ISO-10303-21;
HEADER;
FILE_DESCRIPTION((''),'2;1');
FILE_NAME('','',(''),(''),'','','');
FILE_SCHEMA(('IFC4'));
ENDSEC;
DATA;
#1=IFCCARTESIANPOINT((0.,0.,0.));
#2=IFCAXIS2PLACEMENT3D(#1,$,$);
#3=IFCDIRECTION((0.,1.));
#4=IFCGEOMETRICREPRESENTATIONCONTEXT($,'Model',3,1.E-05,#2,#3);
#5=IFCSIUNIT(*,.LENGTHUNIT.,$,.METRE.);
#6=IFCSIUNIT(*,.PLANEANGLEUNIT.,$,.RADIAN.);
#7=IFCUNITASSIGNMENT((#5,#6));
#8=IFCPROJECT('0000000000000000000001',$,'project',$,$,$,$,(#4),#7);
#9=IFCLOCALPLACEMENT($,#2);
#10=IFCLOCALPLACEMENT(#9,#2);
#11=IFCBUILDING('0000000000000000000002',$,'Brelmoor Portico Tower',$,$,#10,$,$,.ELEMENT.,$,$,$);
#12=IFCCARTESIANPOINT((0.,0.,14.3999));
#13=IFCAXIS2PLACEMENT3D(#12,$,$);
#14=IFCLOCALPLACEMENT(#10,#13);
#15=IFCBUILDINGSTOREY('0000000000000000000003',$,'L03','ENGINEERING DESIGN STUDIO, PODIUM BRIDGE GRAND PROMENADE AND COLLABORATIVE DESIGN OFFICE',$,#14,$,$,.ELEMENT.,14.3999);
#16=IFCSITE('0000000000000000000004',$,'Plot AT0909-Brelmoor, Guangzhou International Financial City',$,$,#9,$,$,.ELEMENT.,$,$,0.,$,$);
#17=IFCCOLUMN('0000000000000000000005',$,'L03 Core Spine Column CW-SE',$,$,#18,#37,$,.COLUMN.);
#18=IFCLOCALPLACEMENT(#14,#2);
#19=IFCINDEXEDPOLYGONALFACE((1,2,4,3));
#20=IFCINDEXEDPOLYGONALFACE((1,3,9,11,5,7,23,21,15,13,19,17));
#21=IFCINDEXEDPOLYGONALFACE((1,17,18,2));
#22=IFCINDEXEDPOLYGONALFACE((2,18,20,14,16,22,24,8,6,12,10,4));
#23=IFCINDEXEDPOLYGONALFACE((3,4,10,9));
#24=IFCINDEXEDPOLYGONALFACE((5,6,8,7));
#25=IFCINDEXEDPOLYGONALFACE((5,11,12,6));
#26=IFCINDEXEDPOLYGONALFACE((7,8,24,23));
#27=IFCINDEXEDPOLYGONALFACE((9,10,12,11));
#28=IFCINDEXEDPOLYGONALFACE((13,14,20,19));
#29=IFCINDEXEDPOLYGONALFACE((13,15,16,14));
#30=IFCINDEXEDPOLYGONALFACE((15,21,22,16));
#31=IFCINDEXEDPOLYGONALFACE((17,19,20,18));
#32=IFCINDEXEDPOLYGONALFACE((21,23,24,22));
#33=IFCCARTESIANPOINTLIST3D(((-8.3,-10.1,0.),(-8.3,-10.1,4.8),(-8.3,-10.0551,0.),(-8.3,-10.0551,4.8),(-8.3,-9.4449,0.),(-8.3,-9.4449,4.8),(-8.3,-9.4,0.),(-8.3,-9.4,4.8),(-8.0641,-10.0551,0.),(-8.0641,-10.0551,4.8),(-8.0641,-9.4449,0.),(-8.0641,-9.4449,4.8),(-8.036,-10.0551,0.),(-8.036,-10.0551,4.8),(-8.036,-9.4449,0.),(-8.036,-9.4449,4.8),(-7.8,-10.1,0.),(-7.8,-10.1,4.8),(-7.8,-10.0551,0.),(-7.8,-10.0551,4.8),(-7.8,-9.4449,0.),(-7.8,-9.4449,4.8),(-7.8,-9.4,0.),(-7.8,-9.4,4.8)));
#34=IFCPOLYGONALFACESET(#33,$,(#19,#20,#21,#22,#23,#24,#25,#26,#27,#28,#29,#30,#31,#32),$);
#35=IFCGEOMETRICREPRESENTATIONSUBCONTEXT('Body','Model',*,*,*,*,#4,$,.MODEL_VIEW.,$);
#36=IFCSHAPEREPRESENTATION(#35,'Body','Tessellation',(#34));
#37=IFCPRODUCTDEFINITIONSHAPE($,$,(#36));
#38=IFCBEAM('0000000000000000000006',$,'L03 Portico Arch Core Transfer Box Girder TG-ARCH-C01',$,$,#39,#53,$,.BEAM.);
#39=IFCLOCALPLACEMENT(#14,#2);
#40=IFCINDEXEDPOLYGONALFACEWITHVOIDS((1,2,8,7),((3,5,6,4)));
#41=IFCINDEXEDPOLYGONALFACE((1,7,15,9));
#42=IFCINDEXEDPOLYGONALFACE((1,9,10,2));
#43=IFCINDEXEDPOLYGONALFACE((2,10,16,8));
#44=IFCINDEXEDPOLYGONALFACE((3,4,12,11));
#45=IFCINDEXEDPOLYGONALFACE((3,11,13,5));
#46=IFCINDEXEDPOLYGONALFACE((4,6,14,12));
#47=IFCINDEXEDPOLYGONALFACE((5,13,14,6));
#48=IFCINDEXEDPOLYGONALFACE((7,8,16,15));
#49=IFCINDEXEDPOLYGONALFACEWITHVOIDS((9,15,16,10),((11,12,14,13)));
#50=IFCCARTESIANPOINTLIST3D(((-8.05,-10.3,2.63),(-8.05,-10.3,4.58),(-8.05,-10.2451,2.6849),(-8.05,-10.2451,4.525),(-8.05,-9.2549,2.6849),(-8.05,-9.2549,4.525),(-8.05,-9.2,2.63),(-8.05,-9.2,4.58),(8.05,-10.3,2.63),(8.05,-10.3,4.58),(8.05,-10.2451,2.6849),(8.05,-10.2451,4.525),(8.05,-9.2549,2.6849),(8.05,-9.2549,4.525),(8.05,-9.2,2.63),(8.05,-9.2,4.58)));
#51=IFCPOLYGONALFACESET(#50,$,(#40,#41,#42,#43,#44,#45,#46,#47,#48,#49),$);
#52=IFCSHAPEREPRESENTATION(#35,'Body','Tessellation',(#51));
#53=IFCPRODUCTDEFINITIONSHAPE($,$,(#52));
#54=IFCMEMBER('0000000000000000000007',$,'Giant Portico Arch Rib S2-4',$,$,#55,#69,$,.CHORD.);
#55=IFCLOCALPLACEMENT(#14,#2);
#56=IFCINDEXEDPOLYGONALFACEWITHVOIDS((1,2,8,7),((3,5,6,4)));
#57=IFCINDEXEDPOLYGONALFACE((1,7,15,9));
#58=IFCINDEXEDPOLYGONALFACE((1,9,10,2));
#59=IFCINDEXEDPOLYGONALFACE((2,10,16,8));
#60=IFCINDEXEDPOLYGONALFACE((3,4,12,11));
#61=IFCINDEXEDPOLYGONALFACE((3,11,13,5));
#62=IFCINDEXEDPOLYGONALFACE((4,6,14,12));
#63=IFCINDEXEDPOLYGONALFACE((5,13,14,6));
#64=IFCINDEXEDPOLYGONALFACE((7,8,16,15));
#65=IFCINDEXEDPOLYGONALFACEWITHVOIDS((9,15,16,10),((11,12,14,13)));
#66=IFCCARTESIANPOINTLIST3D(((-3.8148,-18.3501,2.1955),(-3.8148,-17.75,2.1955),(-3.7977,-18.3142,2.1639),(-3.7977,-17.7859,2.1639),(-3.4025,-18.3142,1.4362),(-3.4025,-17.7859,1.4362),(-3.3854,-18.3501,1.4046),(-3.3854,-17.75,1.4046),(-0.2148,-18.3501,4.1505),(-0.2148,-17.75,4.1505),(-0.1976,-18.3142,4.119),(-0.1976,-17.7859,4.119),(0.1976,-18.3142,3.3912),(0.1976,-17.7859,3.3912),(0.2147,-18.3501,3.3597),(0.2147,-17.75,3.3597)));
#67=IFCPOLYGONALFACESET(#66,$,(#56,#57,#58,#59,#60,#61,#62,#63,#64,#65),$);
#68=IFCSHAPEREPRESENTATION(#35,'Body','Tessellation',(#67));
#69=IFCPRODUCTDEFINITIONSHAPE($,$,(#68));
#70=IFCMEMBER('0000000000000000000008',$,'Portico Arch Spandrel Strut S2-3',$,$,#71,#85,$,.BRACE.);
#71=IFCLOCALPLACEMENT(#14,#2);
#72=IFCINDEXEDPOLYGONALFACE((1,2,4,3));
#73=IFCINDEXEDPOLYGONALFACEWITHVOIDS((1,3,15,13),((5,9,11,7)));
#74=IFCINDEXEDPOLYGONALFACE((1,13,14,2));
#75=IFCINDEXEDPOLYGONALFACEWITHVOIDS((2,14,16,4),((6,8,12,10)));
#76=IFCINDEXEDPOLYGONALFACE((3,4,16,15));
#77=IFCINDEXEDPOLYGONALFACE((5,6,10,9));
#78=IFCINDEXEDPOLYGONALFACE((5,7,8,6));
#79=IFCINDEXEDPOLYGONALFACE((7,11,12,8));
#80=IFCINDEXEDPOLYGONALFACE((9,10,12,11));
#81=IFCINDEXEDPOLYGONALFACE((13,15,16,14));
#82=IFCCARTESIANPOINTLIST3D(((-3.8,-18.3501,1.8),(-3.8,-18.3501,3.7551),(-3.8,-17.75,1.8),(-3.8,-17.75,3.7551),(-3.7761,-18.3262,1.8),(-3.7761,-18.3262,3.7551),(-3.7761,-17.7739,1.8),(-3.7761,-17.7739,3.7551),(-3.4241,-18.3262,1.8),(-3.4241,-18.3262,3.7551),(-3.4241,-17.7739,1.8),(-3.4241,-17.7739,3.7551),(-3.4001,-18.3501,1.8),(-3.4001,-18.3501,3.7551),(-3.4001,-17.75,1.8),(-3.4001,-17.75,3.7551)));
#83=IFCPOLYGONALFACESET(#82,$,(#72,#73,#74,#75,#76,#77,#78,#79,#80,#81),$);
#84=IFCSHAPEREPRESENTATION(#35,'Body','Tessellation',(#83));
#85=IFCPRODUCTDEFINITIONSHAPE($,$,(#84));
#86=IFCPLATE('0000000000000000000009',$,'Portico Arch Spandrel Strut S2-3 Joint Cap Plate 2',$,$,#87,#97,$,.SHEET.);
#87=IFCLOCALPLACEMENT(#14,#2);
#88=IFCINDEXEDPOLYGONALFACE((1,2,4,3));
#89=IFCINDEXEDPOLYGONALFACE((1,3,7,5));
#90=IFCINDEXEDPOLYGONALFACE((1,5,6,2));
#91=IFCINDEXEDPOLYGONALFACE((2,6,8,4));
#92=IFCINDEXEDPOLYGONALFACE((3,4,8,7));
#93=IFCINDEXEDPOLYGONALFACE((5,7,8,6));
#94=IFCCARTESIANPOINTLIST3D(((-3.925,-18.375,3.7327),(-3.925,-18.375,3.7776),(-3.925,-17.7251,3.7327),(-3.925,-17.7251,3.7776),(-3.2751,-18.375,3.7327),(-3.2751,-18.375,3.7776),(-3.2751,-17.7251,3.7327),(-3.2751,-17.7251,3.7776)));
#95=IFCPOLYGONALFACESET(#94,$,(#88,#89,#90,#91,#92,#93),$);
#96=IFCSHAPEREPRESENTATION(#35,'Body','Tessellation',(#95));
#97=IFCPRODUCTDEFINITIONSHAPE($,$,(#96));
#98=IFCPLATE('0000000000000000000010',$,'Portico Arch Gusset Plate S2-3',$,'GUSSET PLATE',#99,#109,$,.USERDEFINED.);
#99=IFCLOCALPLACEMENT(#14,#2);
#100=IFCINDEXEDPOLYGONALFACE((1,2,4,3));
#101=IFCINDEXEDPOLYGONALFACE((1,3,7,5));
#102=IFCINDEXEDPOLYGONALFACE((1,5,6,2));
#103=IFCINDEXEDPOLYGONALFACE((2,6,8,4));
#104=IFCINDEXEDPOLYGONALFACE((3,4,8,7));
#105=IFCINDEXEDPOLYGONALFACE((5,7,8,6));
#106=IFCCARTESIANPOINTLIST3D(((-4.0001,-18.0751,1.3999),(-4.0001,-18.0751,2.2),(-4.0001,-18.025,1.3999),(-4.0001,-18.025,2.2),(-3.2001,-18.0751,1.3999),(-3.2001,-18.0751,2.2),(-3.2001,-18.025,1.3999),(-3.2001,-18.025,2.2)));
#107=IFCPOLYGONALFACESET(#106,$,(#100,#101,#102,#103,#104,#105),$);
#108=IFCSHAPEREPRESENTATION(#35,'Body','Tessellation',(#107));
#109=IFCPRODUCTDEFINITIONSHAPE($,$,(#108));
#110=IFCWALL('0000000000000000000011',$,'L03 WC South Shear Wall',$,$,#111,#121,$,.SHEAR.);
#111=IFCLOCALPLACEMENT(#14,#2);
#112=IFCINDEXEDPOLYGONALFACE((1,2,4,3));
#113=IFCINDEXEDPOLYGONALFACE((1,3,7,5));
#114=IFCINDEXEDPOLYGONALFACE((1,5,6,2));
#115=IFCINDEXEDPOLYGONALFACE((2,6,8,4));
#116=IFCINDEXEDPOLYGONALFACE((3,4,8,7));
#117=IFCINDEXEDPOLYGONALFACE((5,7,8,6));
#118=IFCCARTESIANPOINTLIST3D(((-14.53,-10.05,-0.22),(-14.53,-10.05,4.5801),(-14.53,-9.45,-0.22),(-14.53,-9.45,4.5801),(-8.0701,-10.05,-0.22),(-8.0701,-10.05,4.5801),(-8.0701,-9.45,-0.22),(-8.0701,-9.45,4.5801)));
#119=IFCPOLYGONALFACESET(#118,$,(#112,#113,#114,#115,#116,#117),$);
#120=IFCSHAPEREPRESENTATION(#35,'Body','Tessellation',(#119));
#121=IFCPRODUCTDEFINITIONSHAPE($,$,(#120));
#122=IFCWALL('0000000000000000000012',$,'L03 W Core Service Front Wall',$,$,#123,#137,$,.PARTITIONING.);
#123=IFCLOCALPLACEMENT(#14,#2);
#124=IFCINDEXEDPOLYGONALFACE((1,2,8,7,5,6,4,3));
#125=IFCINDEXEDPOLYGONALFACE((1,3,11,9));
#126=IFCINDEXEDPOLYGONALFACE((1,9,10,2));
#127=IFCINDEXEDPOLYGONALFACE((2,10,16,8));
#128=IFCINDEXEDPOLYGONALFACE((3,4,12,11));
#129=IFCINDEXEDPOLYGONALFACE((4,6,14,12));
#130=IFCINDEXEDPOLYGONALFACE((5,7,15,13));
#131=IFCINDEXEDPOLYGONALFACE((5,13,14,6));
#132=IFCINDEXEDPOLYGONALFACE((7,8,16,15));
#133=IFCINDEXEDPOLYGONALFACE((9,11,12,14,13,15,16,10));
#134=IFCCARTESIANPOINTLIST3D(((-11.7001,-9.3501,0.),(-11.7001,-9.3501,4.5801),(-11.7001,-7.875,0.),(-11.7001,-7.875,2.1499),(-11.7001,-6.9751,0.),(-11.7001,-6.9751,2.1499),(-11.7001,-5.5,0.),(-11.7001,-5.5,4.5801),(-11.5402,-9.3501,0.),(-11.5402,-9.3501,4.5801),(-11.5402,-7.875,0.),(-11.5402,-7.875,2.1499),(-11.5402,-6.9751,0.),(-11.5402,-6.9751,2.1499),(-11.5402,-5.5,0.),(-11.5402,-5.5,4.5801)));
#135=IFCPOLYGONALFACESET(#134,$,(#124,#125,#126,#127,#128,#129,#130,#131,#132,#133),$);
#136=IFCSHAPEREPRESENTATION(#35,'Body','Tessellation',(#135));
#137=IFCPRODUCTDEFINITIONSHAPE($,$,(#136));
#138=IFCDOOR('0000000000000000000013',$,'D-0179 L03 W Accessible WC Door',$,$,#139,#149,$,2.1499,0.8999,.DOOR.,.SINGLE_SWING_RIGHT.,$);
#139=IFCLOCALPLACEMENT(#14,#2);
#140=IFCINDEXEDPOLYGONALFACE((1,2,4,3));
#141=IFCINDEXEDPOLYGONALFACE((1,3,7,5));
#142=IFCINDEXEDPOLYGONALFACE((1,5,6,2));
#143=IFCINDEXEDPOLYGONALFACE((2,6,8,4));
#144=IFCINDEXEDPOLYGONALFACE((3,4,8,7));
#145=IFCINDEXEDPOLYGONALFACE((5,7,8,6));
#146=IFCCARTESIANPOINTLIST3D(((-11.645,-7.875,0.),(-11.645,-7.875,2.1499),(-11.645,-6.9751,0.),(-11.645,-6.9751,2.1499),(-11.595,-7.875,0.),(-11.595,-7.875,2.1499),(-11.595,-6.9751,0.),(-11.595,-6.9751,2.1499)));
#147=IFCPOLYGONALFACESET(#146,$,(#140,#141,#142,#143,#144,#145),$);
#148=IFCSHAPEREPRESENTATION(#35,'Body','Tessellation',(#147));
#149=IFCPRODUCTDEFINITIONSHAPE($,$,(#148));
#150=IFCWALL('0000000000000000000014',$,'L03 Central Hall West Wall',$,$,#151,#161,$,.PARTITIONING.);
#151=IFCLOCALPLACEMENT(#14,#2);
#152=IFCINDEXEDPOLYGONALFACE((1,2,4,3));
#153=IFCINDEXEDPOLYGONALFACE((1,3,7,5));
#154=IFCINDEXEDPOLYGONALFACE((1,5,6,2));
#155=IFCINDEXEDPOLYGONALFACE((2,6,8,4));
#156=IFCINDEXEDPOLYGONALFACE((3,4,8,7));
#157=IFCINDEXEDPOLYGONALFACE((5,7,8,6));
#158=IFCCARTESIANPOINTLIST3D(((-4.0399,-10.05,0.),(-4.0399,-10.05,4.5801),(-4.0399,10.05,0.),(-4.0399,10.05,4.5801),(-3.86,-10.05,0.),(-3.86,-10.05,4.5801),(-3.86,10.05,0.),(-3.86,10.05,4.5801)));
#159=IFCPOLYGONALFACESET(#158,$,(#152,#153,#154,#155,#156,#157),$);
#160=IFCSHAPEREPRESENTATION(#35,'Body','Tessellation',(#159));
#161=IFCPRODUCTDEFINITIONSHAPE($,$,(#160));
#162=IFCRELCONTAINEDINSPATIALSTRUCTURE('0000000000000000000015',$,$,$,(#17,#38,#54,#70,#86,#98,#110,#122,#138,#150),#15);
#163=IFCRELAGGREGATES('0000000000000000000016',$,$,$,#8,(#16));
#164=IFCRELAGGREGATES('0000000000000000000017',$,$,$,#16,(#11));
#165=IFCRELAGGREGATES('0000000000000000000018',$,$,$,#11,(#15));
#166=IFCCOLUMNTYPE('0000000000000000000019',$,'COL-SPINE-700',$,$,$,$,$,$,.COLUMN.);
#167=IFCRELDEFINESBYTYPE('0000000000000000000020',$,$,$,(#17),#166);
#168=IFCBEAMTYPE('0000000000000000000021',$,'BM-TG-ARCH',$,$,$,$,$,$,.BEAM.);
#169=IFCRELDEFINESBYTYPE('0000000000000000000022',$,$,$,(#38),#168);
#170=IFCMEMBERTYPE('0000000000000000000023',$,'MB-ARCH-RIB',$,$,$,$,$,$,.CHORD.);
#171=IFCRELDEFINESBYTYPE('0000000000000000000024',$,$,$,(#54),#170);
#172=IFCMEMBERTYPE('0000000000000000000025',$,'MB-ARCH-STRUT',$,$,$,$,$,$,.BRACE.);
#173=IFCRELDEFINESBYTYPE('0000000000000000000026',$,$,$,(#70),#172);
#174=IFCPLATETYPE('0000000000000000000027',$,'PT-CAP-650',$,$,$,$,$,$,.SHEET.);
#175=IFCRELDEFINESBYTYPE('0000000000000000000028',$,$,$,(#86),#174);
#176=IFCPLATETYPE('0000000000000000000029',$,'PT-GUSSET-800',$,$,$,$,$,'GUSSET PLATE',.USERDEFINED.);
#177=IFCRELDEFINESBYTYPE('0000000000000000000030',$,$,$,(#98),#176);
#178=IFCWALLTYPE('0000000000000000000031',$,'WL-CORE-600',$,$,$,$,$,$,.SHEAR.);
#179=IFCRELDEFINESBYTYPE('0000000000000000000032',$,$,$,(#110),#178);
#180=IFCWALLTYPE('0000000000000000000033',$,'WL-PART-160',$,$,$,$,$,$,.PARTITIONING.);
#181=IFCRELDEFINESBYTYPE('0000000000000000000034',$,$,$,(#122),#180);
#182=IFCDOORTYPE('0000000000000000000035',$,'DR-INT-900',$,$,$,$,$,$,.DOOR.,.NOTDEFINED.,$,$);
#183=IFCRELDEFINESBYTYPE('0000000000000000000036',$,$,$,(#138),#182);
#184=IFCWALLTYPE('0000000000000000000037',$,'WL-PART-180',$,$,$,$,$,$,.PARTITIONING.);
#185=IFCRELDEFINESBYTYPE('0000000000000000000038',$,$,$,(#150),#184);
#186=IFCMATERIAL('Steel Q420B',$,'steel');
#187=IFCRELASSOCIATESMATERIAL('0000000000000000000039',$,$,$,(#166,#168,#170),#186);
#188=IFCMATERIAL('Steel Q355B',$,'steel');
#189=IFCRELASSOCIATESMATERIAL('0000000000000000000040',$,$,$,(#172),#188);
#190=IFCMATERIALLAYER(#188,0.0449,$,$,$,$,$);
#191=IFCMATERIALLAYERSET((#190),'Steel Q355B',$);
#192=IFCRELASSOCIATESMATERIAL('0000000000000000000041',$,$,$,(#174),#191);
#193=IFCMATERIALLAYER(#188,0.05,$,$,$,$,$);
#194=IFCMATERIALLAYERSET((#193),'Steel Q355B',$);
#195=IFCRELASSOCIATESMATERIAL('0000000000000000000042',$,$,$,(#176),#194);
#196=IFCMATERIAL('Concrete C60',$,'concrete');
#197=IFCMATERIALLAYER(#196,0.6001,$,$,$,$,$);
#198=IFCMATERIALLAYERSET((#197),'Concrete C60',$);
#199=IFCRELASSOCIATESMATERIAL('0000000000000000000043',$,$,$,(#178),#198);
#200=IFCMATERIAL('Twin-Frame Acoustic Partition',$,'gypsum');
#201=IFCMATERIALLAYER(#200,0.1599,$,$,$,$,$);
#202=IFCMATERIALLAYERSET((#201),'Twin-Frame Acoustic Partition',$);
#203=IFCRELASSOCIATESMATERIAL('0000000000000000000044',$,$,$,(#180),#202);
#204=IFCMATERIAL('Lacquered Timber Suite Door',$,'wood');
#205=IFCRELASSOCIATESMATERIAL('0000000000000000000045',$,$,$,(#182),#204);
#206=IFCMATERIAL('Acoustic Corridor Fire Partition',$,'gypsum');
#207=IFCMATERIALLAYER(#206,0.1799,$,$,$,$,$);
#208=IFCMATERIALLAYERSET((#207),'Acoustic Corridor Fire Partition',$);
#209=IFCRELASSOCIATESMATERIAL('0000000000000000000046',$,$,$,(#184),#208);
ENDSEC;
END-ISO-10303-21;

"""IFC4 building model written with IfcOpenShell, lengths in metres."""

from ifc_helpers import new_model, si_unit, direction, frame, frame_2d, origin, origin_2d, place, context, subcontext, project, spatial, rectangle, hollow_rectangle, i_section, extrude, material, layer, layer_set, material_profile, profile_set, type_object, element, fill, save


model = new_model("IFC4")

# Units and contexts
model_context = context("Model", 3, precision=1e-05, world=origin(), true_north=direction((0.0, 1.0)))
body_context = subcontext(model_context, "Body", "Model", "MODEL_VIEW")
ifc_project = project(units=[si_unit("LENGTHUNIT", "METRE"), si_unit("PLANEANGLEUNIT", "RADIAN")], contexts=[model_context])

# Site, building, storey
site_placement = place(None, origin())
site = spatial("IfcSite", under=ifc_project, at=site_placement, Name="Plot AT0909-Brelmoor, Guangzhou International Financial City", CompositionType="ELEMENT", RefElevation=0.0)
building_placement = place(site_placement, origin())
building = spatial("IfcBuilding", under=site, at=building_placement, Name="Brelmoor Portico Tower", CompositionType="ELEMENT")
storey_placement = place(building_placement, frame((0.0, 0.0, 14.3999)))
storey = spatial("IfcBuildingStorey", under=building, at=storey_placement, Name="L03", Description="ENGINEERING DESIGN STUDIO, PODIUM BRIDGE GRAND PROMENADE AND COLLABORATIVE DESIGN OFFICE", CompositionType="ELEMENT", Elevation=14.3999)

# Column
ifc_material_1 = material(Name="Steel Q420B", Category="steel")
ifc_material_profile_1 = material_profile(ifc_material_1, i_section(OverallWidth=0.5, OverallDepth=0.7, WebThickness=0.0281, FlangeThickness=0.0449, at=origin_2d()), Name="HW 700x500x28x45")
ifc_profile_set_1 = profile_set([ifc_material_profile_1], Name="Steel Q420B")
column_type = type_object("IfcColumnType", Name="COL-SPINE-700", PredefinedType="COLUMN", material=ifc_profile_set_1)
column_placement = place(storey_placement, frame((-8.05, -9.75, 0.0), z_axis=(0.0, 0.0, 1.0), x_axis=(1.0, 0.0, 0.0)))
element("IfcColumn", 1, at=column_placement, inside=storey, type_object=column_type, Name="L03 Core Spine Column CW-SE", PredefinedType="COLUMN", context=body_context, shape_type="SweptSolid", body=[
    extrude(i_section(OverallWidth=0.5, OverallDepth=0.7, WebThickness=0.0281, FlangeThickness=0.0449, at=origin_2d()), origin(), (0.0, 0.0, 1.0), 4.8),
])

# Beam
ifc_material_profile_2 = material_profile(ifc_material_1, hollow_rectangle(XDim=1.1001, YDim=1.95, WallThickness=0.0549, at=origin_2d()), Name="BOX 1100x1950x55")
ifc_profile_set_2 = profile_set([ifc_material_profile_2], Name="Steel Q420B")
beam_type = type_object("IfcBeamType", Name="BM-TG-ARCH", PredefinedType="BEAM", material=ifc_profile_set_2)
beam_placement = place(storey_placement, frame((-8.05, -9.75, 3.605), z_axis=(1.0, 0.0, 0.0), x_axis=(0.0, 1.0, 0.0)))
element("IfcBeam", 2, at=beam_placement, inside=storey, type_object=beam_type, Name="L03 Portico Arch Core Transfer Box Girder TG-ARCH-C01", PredefinedType="BEAM", context=body_context, shape_type="SweptSolid", body=[
    extrude(hollow_rectangle(XDim=1.1001, YDim=1.95, WallThickness=0.0549, at=origin_2d()), origin(), (0.0, 0.0, 1.0), 16.1001),
])

# Members
ifc_material_profile_3 = material_profile(ifc_material_1, hollow_rectangle(XDim=0.6001, YDim=0.8999, WallThickness=0.0359, at=origin_2d()), Name="RHS 600x900x36")
ifc_profile_set_3 = profile_set([ifc_material_profile_3], Name="Steel Q420B")
member_type_1 = type_object("IfcMemberType", Name="MB-ARCH-RIB", PredefinedType="CHORD", material=ifc_profile_set_3)
member_1_placement = place(storey_placement, frame((-3.6001, -18.05, 1.8), z_axis=(0.878778, 0.0, 0.477231), x_axis=(0.0, 1.0, 0.0)))
element("IfcMember", 3, at=member_1_placement, inside=storey, type_object=member_type_1, Name="Giant Portico Arch Rib S2-4", PredefinedType="CHORD", context=body_context, shape_type="SweptSolid", body=[
    extrude(hollow_rectangle(XDim=0.6001, YDim=0.8999, WallThickness=0.0359, at=origin_2d()), origin(), (0.0, 0.0, 1.0), 4.0967),
])
ifc_material_2 = material(Name="Steel Q355B", Category="steel")
ifc_material_profile_4 = material_profile(ifc_material_2, hollow_rectangle(XDim=0.3999, YDim=0.6001, WallThickness=0.0239, at=origin_2d()), Name="RHS 400x600x24")
ifc_profile_set_4 = profile_set([ifc_material_profile_4], Name="Steel Q355B")
member_type_2 = type_object("IfcMemberType", Name="MB-ARCH-STRUT", PredefinedType="BRACE", material=ifc_profile_set_4)
member_2_placement = place(storey_placement, frame((-3.6001, -18.05, 1.8), z_axis=(0.0, 0.0, 1.0), x_axis=(1.0, 0.0, 0.0)))
element("IfcMember", 4, at=member_2_placement, inside=storey, type_object=member_type_2, Name="Portico Arch Spandrel Strut S2-3", PredefinedType="BRACE", context=body_context, shape_type="SweptSolid", body=[
    extrude(hollow_rectangle(XDim=0.3999, YDim=0.6001, WallThickness=0.0239, at=origin_2d()), origin(), (0.0, 0.0, 1.0), 1.9551),
])

# Plates
ifc_layer_1 = layer(ifc_material_2, 0.0449)
ifc_layer_set_1 = layer_set([ifc_layer_1], Name="Steel Q355B")
plate_type_1 = type_object("IfcPlateType", Name="PT-CAP-650", PredefinedType="SHEET", material=ifc_layer_set_1)
plate_1_placement = place(storey_placement, frame((-3.6001, -18.05, 3.7327), z_axis=(0.0, 0.0, 1.0), x_axis=(1.0, 0.0, 0.0)))
element("IfcPlate", 5, at=plate_1_placement, inside=storey, type_object=plate_type_1, Name="Portico Arch Spandrel Strut S2-3 Joint Cap Plate 2", PredefinedType="SHEET", context=body_context, shape_type="SweptSolid", body=[
    extrude(rectangle(XDim=0.6499, YDim=0.6499, at=origin_2d()), origin(), (0.0, 0.0, 1.0), 0.0449),
])
ifc_layer_2 = layer(ifc_material_2, 0.05)
ifc_layer_set_2 = layer_set([ifc_layer_2], Name="Steel Q355B")
plate_type_2 = type_object("IfcPlateType", Name="PT-GUSSET-800", ElementType="GUSSET PLATE", PredefinedType="USERDEFINED", material=ifc_layer_set_2)
plate_2_placement = place(storey_placement, frame((-3.6001, -18.05, 1.3999), z_axis=(0.0, 0.0, 1.0), x_axis=(1.0, 0.0, 0.0)))
element("IfcPlate", 6, at=plate_2_placement, inside=storey, type_object=plate_type_2, Name="Portico Arch Gusset Plate S2-3", ObjectType="GUSSET PLATE", PredefinedType="USERDEFINED", context=body_context, shape_type="SweptSolid", body=[
    extrude(rectangle(XDim=0.8, YDim=0.05, at=origin_2d()), origin(), (0.0, 0.0, 1.0), 0.8),
])

# Wall
ifc_material_3 = material(Name="Concrete C60", Category="concrete")
ifc_layer_3 = layer(ifc_material_3, 0.6001)
ifc_layer_set_3 = layer_set([ifc_layer_3], Name="Concrete C60")
wall_type_1 = type_object("IfcWallType", Name="WL-CORE-600", PredefinedType="SHEAR", material=ifc_layer_set_3)
wall_1_placement = place(storey_placement, frame((-14.53, -9.75, -0.22), z_axis=(0.0, 0.0, 1.0), x_axis=(1.0, 0.0, 0.0)))
element("IfcWall", 7, at=wall_1_placement, inside=storey, type_object=wall_type_1, Name="L03 WC South Shear Wall", PredefinedType="SHEAR", context=body_context, shape_type="SweptSolid", body=[
    extrude(rectangle(XDim=6.46, YDim=0.6001, at=frame_2d((3.23, 0.0))), origin(), (0.0, 0.0, 1.0), 4.8),
])

# Wall, opening, door
ifc_material_4 = material(Name="Twin-Frame Acoustic Partition", Category="gypsum")
ifc_layer_4 = layer(ifc_material_4, 0.1599)
ifc_layer_set_4 = layer_set([ifc_layer_4], Name="Twin-Frame Acoustic Partition")
wall_type_2 = type_object("IfcWallType", Name="WL-PART-160", PredefinedType="PARTITIONING", material=ifc_layer_set_4)
wall_2_placement = place(storey_placement, frame((-11.6201, -9.3501, 0.0), z_axis=(0.0, 0.0, 1.0), x_axis=(0.0, 1.0, 0.0)))
wall_2 = element("IfcWall", 8, at=wall_2_placement, inside=storey, type_object=wall_type_2, Name="L03 W Core Service Front Wall", PredefinedType="PARTITIONING", context=body_context, shape_type="SweptSolid", body=[
    extrude(rectangle(XDim=3.8501, YDim=0.1599, at=frame_2d((1.925, 0.0))), origin(), (0.0, 0.0, 1.0), 4.5801),
])
opening_1_placement = place(wall_2_placement, frame((1.4751, 0.0, 0.0)))
opening_1 = element("IfcOpeningElement", 9, at=opening_1_placement, cuts=wall_2, PredefinedType="OPENING", context=body_context, shape_type="SweptSolid", body=[
    extrude(rectangle(XDim=0.8999, YDim=2.1499, at=frame_2d((0.45, 1.075))), frame((0.0, 0.0898, 0.0), z_axis=(0.0, -1.0, 0.0), x_axis=(1.0, 0.0, 0.0)), (0.0, 0.0, 1.0), 0.1799),
])
ifc_material_5 = material(Name="Lacquered Timber Suite Door", Category="wood")
door_type_1 = type_object("IfcDoorType", Name="DR-INT-900", OperationType="NOTDEFINED", PredefinedType="DOOR", material=ifc_material_5)
door_1_placement = place(opening_1_placement, origin())
door_1 = element("IfcDoor", 10, at=door_1_placement, inside=storey, type_object=door_type_1, Name="D-0179 L03 W Accessible WC Door", OperationType="SINGLE_SWING_RIGHT", OverallHeight=2.1499, OverallWidth=0.8999, PredefinedType="DOOR", context=body_context, shape_type="SweptSolid", body=[
    extrude(rectangle(XDim=0.8999, YDim=2.1499, at=frame_2d((0.45, 1.075))), frame((0.0, 0.0249, 0.0), z_axis=(0.0, -1.0, 0.0), x_axis=(1.0, 0.0, 0.0)), (0.0, 0.0, 1.0), 0.05),
])
fill(opening_1, door_1)

# Wall
ifc_material_6 = material(Name="Acoustic Corridor Fire Partition", Category="gypsum")
ifc_layer_5 = layer(ifc_material_6, 0.1799)
ifc_layer_set_5 = layer_set([ifc_layer_5], Name="Acoustic Corridor Fire Partition")
wall_type_3 = type_object("IfcWallType", Name="WL-PART-180", PredefinedType="PARTITIONING", material=ifc_layer_set_5)
wall_3_placement = place(storey_placement, frame((-3.95, -10.05, 0.0), z_axis=(0.0, 0.0, 1.0), x_axis=(0.0, 1.0, 0.0)))
element("IfcWall", 11, at=wall_3_placement, inside=storey, type_object=wall_type_3, Name="L03 Central Hall West Wall", PredefinedType="PARTITIONING", context=body_context, shape_type="SweptSolid", body=[
    extrude(rectangle(XDim=20.1001, YDim=0.1799, at=frame_2d((10.05, 0.0))), origin(), (0.0, 0.0, 1.0), 4.5801),
])

save(model, "model.ifc")
